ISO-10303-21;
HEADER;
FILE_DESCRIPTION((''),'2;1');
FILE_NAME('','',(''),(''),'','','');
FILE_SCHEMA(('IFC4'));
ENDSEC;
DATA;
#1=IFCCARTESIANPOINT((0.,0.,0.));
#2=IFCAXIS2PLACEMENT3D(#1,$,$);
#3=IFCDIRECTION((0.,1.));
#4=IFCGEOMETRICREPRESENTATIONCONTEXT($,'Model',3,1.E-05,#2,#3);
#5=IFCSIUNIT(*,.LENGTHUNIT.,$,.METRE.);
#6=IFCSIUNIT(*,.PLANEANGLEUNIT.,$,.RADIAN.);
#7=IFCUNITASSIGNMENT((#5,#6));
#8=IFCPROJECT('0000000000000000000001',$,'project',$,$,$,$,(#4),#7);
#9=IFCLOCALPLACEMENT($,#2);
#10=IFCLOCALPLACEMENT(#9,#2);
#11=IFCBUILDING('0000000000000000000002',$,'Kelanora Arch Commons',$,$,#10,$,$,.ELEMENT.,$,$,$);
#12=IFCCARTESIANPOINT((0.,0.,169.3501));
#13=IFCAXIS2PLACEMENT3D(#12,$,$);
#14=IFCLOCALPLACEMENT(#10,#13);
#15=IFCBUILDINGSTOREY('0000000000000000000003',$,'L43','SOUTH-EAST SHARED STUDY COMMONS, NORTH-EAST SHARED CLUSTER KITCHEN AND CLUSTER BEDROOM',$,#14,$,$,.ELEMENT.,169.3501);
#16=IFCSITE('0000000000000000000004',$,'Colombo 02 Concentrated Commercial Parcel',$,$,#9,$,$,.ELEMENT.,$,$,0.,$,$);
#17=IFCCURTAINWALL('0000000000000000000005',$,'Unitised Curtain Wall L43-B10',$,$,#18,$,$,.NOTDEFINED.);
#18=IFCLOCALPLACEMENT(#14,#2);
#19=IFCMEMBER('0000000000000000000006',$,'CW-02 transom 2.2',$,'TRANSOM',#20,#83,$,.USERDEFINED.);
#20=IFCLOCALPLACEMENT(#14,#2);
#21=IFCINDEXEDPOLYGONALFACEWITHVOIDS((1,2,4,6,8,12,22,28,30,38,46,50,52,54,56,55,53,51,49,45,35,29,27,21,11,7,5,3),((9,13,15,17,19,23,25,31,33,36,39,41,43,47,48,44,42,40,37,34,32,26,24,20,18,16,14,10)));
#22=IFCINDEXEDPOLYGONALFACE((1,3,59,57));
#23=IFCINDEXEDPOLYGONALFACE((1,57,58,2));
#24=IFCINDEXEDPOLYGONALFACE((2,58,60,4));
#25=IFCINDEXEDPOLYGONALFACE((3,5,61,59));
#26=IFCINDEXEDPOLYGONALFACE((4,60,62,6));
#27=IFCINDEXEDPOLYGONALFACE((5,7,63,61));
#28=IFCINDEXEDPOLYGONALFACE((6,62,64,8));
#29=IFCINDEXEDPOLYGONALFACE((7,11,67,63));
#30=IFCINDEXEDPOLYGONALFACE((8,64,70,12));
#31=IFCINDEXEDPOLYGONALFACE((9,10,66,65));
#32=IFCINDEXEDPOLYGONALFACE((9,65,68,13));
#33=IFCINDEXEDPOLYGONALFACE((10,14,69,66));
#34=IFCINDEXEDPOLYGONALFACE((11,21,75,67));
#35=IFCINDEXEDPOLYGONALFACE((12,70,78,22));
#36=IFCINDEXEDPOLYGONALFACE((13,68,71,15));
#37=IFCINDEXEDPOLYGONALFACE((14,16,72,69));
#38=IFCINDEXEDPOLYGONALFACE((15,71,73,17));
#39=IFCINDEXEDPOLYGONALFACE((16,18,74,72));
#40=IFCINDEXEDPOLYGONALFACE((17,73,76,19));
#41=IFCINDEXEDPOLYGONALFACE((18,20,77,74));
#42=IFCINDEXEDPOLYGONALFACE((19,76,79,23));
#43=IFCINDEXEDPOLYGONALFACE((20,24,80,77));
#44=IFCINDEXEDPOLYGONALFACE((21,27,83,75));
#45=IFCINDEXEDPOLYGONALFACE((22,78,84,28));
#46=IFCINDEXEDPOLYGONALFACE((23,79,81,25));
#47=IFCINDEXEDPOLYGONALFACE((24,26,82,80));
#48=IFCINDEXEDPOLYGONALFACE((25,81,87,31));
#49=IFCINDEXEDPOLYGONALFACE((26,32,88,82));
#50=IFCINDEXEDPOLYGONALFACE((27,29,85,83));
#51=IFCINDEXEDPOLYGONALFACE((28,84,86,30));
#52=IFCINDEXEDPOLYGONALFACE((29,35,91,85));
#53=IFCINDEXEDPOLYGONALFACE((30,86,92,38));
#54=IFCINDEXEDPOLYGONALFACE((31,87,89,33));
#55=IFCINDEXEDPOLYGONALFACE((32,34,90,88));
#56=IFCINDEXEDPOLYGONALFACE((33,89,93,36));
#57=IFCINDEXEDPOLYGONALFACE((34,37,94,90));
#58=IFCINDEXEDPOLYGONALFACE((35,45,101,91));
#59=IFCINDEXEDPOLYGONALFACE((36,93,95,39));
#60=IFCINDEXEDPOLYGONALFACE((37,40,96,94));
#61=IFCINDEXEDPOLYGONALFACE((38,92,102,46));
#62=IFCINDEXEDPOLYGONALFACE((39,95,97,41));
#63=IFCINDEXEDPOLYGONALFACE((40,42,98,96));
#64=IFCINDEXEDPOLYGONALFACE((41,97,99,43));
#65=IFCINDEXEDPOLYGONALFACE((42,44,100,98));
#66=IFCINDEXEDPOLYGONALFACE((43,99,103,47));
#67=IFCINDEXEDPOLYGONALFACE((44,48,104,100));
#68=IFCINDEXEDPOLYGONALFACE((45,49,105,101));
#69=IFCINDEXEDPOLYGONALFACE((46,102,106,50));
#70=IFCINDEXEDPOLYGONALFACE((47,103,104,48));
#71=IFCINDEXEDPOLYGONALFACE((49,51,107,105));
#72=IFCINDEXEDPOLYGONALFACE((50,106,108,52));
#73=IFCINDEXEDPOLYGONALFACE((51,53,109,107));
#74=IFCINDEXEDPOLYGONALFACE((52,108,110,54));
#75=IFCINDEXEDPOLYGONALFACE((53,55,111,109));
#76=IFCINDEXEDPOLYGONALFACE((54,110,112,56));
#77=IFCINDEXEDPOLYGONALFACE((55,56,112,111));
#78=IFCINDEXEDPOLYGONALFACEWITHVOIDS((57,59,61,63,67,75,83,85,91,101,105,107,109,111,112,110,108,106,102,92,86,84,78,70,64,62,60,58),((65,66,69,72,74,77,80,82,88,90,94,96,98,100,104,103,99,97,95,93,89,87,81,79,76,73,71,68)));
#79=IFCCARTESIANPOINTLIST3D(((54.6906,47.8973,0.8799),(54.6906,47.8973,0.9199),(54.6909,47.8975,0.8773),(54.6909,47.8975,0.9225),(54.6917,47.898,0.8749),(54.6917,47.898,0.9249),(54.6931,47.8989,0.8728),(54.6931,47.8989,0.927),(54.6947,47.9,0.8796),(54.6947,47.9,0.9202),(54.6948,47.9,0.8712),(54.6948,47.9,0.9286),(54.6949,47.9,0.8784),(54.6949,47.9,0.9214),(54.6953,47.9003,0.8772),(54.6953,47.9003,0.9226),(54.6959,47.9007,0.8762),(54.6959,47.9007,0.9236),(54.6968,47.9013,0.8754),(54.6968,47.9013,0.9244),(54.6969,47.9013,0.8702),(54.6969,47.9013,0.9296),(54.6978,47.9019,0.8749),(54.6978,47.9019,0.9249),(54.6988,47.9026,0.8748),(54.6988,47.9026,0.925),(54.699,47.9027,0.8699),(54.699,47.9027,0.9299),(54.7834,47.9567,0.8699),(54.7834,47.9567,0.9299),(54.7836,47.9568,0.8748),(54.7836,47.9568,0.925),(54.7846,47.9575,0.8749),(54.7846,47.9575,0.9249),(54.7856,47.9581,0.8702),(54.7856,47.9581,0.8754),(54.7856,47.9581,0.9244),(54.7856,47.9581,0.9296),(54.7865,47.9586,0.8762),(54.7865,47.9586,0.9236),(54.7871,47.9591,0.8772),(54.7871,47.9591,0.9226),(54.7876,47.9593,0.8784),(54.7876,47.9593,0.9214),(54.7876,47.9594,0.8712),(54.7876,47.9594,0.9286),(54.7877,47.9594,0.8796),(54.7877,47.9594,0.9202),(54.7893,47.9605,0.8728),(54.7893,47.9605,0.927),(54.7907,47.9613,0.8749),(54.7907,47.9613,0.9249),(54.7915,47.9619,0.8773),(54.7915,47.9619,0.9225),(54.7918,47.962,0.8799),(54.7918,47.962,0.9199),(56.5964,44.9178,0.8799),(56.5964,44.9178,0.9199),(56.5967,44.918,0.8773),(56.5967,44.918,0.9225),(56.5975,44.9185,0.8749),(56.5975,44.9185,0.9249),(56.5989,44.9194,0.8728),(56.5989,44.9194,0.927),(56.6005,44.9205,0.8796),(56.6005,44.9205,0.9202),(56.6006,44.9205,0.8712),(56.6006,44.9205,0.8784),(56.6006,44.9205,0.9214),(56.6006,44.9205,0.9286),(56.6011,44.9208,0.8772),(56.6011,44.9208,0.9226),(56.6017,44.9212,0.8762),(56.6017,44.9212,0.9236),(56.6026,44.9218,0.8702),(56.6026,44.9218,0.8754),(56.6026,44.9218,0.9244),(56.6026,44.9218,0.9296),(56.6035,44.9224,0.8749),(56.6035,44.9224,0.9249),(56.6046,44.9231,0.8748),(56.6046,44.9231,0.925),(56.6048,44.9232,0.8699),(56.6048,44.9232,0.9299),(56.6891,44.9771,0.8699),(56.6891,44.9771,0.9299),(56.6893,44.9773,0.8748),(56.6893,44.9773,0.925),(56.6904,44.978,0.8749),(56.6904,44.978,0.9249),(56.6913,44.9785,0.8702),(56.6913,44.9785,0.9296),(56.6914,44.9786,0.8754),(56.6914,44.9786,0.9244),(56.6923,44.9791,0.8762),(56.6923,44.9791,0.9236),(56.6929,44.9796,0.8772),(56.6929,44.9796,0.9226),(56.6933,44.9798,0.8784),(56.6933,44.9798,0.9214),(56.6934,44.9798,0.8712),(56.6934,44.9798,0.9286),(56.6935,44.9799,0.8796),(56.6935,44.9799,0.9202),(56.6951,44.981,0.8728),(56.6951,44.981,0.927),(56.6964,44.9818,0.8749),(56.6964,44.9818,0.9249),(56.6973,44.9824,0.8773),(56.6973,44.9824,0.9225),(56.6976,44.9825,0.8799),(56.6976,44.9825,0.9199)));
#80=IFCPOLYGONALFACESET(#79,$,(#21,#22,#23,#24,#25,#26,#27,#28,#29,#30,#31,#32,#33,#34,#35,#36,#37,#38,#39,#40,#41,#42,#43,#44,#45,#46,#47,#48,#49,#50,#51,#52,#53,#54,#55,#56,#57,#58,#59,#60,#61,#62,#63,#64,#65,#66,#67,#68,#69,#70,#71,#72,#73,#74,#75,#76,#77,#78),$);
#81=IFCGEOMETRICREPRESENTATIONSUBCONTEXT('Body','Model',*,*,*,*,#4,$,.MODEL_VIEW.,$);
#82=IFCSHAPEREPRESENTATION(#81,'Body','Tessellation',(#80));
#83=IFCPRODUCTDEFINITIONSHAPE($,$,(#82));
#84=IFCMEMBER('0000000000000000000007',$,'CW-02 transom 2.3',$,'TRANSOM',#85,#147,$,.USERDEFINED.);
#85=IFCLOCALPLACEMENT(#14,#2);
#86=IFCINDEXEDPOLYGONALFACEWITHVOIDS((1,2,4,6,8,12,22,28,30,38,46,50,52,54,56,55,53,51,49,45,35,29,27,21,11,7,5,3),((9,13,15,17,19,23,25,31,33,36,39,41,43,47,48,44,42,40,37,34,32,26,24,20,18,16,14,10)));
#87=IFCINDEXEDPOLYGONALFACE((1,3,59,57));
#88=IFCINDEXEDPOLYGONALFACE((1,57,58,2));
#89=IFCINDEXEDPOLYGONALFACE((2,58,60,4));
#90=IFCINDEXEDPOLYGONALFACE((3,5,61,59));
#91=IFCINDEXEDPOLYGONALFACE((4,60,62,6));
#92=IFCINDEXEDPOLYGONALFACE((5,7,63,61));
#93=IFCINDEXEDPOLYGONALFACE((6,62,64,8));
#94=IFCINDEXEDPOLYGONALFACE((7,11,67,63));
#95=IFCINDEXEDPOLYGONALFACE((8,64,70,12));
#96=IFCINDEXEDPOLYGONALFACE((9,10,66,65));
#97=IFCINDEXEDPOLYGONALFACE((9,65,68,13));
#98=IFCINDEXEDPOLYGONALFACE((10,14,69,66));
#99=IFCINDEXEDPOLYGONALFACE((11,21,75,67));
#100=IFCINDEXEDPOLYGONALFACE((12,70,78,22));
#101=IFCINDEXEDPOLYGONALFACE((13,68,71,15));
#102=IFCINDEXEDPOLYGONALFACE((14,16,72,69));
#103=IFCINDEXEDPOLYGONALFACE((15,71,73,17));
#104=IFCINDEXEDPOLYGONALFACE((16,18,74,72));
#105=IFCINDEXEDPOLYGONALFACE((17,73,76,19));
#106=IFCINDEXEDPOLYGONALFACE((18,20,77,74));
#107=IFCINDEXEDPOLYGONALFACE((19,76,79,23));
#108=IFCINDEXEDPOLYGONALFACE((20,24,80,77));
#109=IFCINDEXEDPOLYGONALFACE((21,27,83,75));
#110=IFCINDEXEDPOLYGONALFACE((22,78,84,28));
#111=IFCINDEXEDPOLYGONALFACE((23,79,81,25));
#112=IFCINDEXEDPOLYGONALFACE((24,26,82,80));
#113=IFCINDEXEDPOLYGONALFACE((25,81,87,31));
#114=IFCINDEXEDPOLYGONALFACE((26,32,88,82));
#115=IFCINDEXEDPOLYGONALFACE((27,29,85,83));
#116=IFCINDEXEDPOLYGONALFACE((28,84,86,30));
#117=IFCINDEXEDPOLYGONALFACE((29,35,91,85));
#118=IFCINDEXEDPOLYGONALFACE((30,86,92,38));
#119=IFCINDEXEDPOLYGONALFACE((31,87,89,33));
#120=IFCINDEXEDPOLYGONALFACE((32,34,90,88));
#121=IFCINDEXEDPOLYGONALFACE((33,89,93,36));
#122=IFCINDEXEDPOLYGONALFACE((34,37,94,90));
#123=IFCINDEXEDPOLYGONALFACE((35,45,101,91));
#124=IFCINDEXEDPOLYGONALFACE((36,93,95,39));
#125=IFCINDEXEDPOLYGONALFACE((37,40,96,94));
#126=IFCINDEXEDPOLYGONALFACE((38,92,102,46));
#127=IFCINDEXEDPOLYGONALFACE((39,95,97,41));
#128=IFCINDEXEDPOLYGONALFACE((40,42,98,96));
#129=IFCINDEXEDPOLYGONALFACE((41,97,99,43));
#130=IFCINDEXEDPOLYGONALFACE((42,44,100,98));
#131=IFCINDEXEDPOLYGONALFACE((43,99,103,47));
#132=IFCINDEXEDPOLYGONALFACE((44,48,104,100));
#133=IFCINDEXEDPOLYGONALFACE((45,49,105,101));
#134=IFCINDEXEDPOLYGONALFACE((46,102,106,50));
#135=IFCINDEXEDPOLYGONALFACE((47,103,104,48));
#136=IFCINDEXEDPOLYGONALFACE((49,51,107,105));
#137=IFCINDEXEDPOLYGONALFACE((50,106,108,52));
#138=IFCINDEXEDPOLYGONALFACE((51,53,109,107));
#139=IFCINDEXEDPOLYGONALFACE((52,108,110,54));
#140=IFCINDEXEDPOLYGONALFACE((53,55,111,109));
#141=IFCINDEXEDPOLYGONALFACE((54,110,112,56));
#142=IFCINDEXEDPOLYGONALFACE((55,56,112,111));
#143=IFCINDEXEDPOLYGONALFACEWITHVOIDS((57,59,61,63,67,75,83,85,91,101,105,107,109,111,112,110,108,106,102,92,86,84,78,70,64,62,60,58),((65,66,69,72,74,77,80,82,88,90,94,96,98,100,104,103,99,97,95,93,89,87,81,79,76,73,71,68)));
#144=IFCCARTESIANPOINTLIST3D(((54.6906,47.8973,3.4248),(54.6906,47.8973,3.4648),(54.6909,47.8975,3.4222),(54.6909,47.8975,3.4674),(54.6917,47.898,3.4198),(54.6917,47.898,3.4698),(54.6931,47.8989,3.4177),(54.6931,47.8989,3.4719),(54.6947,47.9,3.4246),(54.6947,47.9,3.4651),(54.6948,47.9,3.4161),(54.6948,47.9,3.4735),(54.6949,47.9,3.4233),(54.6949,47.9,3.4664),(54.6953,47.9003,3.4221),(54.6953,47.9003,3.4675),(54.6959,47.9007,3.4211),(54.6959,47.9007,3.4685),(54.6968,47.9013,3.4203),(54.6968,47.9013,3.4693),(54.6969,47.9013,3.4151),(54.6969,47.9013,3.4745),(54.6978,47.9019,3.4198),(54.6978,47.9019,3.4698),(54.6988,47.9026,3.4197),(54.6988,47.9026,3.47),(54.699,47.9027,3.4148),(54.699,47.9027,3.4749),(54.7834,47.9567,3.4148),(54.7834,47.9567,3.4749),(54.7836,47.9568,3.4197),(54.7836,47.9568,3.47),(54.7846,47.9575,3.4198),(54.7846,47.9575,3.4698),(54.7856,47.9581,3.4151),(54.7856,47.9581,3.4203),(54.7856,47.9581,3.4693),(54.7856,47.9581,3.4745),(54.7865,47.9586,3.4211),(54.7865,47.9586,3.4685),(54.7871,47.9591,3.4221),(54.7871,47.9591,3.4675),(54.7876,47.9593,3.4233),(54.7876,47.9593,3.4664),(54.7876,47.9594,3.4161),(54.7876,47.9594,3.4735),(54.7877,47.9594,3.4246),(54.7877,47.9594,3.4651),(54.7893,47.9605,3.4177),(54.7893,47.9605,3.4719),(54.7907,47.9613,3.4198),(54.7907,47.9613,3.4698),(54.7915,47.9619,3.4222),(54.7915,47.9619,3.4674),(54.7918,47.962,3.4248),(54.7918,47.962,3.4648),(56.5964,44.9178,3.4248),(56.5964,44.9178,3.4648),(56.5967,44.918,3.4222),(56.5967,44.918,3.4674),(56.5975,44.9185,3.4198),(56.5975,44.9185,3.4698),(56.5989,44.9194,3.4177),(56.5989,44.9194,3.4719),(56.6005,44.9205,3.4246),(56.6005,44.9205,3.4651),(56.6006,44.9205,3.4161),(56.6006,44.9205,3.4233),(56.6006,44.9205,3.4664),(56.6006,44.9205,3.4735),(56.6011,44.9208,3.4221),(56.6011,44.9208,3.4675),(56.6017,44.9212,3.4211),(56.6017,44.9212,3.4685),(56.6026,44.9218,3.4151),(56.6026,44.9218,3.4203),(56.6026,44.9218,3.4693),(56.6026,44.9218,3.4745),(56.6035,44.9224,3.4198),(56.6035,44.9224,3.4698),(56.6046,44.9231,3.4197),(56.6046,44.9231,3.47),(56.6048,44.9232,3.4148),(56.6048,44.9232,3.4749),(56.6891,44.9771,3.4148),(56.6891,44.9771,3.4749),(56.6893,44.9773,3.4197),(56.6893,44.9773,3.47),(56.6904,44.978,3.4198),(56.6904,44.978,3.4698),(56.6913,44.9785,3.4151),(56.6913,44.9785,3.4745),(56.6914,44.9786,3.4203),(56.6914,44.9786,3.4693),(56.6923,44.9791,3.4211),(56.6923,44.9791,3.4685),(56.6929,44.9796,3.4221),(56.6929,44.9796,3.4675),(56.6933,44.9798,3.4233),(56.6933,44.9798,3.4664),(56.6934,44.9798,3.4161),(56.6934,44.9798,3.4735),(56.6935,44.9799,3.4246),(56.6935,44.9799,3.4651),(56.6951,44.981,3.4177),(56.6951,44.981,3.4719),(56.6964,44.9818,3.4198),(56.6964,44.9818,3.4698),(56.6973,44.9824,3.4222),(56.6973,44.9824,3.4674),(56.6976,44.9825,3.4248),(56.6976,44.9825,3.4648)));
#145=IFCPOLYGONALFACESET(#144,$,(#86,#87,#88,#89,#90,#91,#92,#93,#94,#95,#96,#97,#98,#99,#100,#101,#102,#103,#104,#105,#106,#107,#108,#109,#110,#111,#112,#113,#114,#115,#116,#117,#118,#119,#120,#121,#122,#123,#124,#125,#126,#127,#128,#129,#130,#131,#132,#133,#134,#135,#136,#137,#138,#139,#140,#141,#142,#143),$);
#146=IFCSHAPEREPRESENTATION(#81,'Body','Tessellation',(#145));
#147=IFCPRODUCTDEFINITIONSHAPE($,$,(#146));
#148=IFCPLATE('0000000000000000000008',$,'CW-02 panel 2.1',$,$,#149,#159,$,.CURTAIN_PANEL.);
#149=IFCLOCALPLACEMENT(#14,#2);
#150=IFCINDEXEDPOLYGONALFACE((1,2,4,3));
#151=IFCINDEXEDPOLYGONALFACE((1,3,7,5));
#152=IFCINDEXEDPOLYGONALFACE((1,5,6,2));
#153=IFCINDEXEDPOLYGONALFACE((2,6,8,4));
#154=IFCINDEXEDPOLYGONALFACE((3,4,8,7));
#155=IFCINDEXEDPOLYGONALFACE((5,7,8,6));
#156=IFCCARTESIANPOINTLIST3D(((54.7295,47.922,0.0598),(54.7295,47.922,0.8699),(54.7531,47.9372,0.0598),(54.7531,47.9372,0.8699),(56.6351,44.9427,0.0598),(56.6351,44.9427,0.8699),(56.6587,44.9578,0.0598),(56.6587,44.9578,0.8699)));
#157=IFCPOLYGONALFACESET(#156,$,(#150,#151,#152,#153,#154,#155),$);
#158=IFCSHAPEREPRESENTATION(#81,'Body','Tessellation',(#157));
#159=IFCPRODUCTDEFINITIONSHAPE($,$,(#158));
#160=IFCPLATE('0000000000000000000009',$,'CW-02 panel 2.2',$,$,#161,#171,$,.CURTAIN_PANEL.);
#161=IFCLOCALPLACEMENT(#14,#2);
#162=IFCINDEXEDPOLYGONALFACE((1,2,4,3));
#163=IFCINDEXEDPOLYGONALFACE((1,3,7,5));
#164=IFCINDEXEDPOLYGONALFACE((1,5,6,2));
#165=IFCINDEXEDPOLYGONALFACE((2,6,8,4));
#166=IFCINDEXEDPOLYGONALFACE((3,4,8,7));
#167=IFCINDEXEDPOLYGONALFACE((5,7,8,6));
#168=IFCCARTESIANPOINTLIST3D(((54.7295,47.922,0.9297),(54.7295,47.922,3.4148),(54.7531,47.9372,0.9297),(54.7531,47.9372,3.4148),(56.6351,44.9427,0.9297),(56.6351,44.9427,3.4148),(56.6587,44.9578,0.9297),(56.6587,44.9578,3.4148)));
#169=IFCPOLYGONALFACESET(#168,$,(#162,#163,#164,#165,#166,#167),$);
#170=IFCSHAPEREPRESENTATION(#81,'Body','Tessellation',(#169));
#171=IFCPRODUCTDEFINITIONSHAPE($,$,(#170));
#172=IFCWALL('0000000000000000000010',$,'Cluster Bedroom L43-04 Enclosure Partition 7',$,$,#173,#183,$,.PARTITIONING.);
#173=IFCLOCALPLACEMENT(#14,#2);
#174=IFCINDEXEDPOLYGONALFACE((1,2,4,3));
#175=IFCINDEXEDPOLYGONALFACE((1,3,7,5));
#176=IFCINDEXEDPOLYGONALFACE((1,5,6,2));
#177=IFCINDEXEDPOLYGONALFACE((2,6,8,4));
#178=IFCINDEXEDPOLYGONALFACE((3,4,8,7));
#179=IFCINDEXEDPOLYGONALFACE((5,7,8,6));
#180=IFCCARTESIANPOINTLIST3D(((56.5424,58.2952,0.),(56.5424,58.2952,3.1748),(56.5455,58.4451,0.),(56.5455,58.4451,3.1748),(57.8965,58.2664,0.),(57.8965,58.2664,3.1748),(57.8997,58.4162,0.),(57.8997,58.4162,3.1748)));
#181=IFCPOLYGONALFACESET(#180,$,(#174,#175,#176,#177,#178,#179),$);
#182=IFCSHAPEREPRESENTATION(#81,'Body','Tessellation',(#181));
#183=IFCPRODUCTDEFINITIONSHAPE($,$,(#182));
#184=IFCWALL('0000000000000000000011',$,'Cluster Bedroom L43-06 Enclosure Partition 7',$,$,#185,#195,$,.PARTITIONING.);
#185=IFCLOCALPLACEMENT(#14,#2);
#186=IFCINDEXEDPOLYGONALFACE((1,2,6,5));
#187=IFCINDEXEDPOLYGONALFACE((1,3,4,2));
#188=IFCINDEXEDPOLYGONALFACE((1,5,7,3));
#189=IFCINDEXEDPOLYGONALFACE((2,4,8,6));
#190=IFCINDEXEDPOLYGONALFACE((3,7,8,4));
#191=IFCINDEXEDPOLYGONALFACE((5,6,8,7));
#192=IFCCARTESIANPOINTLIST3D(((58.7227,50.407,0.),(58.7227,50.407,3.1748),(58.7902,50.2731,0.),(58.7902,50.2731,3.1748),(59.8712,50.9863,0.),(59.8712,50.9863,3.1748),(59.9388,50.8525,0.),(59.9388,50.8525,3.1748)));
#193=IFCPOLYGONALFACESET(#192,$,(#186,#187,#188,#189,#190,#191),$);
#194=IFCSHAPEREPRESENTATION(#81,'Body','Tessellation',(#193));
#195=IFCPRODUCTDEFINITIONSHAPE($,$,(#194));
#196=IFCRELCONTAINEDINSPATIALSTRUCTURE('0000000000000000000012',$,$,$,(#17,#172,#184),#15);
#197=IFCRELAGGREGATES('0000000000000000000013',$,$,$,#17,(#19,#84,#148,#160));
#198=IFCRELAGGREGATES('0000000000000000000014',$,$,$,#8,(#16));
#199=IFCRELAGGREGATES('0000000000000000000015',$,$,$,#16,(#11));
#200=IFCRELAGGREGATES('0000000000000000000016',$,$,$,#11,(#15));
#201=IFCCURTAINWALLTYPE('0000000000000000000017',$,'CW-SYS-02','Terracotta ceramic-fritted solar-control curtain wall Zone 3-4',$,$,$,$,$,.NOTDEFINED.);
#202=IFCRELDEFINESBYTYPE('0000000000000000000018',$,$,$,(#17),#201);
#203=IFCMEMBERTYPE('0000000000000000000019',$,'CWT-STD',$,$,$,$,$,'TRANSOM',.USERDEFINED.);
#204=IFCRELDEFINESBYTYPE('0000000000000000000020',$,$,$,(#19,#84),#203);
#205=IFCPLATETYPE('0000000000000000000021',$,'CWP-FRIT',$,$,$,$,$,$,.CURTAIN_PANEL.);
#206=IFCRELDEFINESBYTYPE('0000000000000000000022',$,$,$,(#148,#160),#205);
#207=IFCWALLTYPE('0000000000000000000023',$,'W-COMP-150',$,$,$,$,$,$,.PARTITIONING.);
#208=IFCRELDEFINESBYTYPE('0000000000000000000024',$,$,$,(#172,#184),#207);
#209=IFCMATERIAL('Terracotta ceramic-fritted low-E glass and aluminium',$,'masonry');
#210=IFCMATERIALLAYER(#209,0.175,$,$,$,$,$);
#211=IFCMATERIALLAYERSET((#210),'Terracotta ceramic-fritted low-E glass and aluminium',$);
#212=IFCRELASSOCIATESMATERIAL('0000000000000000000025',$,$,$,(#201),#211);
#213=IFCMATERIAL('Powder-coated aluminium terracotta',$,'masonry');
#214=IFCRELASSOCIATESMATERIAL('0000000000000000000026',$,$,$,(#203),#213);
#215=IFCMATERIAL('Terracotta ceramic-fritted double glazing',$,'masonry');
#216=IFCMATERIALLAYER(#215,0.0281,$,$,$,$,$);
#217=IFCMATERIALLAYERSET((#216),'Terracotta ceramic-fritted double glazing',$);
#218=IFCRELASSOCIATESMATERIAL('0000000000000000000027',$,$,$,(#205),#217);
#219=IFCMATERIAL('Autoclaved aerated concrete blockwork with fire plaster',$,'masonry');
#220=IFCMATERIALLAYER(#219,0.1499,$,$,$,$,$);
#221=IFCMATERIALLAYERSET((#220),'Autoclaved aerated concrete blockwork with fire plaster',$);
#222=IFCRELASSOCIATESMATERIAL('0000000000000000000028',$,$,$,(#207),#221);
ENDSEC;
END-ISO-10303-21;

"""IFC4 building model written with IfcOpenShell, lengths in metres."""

from ifc_helpers import new_model, si_unit, direction, frame, frame_2d, origin, origin_2d, place, context, subcontext, project, spatial, rectangle, hollow_rectangle, extrude, source, transform, mapped, material, layer, layer_set, material_profile, profile_set, type_object, element, aggregate, save


model = new_model("IFC4")

# Units and contexts
model_context = context("Model", 3, precision=1e-05, world=origin(), true_north=direction((0.0, 1.0)))
body_context = subcontext(model_context, "Body", "Model", "MODEL_VIEW")
ifc_project = project(units=[si_unit("LENGTHUNIT", "METRE"), si_unit("PLANEANGLEUNIT", "RADIAN")], contexts=[model_context])

# Site, building, storey
site_placement = place(None, origin())
site = spatial("IfcSite", under=ifc_project, at=site_placement, Name="Colombo 02 Concentrated Commercial Parcel", CompositionType="ELEMENT", RefElevation=0.0)
building_placement = place(site_placement, origin())
building = spatial("IfcBuilding", under=site, at=building_placement, Name="Kelanora Arch Commons", CompositionType="ELEMENT")
storey_placement = place(building_placement, frame((0.0, 0.0, 169.3501)))
storey = spatial("IfcBuildingStorey", under=building, at=storey_placement, Name="L43", Description="SOUTH-EAST SHARED STUDY COMMONS, NORTH-EAST SHARED CLUSTER KITCHEN AND CLUSTER BEDROOM", CompositionType="ELEMENT", Elevation=169.3501)

# Curtain wall, members, plates
ifc_material_1 = material(Name="Terracotta ceramic-fritted low-E glass and aluminium", Category="masonry")
ifc_layer_1 = layer(ifc_material_1, 0.175)
ifc_layer_set_1 = layer_set([ifc_layer_1], Name="Terracotta ceramic-fritted low-E glass and aluminium")
curtain_wall_type = type_object("IfcCurtainWallType", Name="CW-SYS-02", Description="Terracotta ceramic-fritted solar-control curtain wall Zone 3-4", PredefinedType="NOTDEFINED", material=ifc_layer_set_1)
curtain_wall_placement = place(storey_placement, origin())
curtain_wall = element("IfcCurtainWall", 1, at=curtain_wall_placement, inside=storey, type_object=curtain_wall_type, Name="Unitised Curtain Wall L43-B10", PredefinedType="NOTDEFINED")
ifc_material_2 = material(Name="Powder-coated aluminium terracotta", Category="masonry")
ifc_material_profile_1 = material_profile(ifc_material_2, hollow_rectangle(XDim=0.1201, YDim=0.0601, WallThickness=0.0049, InnerFilletRadius=0.0049, OuterFilletRadius=0.01, at=origin_2d()), Name="CWT120x60")
ifc_profile_set_1 = profile_set([ifc_material_profile_1], Name="Powder-coated aluminium terracotta")
member_type_1 = type_object("IfcMemberType", Name="CWT-STD", ElementType="TRANSOM", PredefinedType="USERDEFINED", material=ifc_profile_set_1)
member_1_placement = place(storey_placement, frame((54.7412, 47.9297, 0.8999), z_axis=(0.53883, -0.842414, 0.0), x_axis=(0.842414, 0.53883, 0.0)))
member_1 = element("IfcMember", 2, at=member_1_placement, type_object=member_type_1, Name="CW-02 transom 2.2", ObjectType="TRANSOM", PredefinedType="USERDEFINED", context=body_context, shape_type="SweptSolid", body=[
    extrude(hollow_rectangle(XDim=0.1201, YDim=0.0601, WallThickness=0.0049, InnerFilletRadius=0.0049, OuterFilletRadius=0.01, at=origin_2d()), origin(), (0.0, 0.0, 1.0), 3.5369),
])
member_2_placement = place(storey_placement, frame((54.7412, 47.9297, 3.4448), z_axis=(0.53883, -0.842414, 0.0), x_axis=(0.842414, 0.53883, 0.0)))
member_2 = element("IfcMember", 3, at=member_2_placement, type_object=member_type_1, Name="CW-02 transom 2.3", ObjectType="TRANSOM", PredefinedType="USERDEFINED", context=body_context, shape_type="SweptSolid", body=[
    extrude(hollow_rectangle(XDim=0.1201, YDim=0.0601, WallThickness=0.0049, InnerFilletRadius=0.0049, OuterFilletRadius=0.01, at=origin_2d()), origin(), (0.0, 0.0, 1.0), 3.5369),
])
ifc_material_3 = material(Name="Terracotta ceramic-fritted double glazing", Category="masonry")
ifc_layer_2 = layer(ifc_material_3, 0.0281)
ifc_layer_set_2 = layer_set([ifc_layer_2], Name="Terracotta ceramic-fritted double glazing")
plate_type = type_object("IfcPlateType", Name="CWP-FRIT", PredefinedType="CURTAIN_PANEL", material=ifc_layer_set_2)
shared_shape_1 = source(origin(), body_context, "Body", "SweptSolid", [
    extrude(rectangle(XDim=3.5366, YDim=0.0281, at=origin_2d()), origin(), (0.0, 0.0, 1.0), 0.8101),
])
plate_1_placement = place(storey_placement, frame((55.6941, 46.4399, 0.0598), z_axis=(0.0, 0.0, 1.0), x_axis=(0.538817, -0.842423, 0.0)))
plate_1 = element("IfcPlate", 4, at=plate_1_placement, type_object=plate_type, Name="CW-02 panel 2.1", PredefinedType="CURTAIN_PANEL", context=body_context, shape_type="MappedRepresentation", body=[
    mapped(shared_shape_1, transform((0.0, 0.0, 0.0), scale=1.0)),
])
shared_shape_2 = source(origin(), body_context, "Body", "SweptSolid", [
    extrude(rectangle(XDim=3.5366, YDim=0.0281, at=origin_2d()), origin(), (0.0, 0.0, 1.0), 2.4851),
])
plate_2_placement = place(storey_placement, frame((55.6941, 46.4399, 0.9297), z_axis=(0.0, 0.0, 1.0), x_axis=(0.538817, -0.842423, 0.0)))
plate_2 = element("IfcPlate", 5, at=plate_2_placement, type_object=plate_type, Name="CW-02 panel 2.2", PredefinedType="CURTAIN_PANEL", context=body_context, shape_type="MappedRepresentation", body=[
    mapped(shared_shape_2, transform((0.0, 0.0, 0.0), scale=1.0)),
])
aggregate(curtain_wall, [member_1, member_2, plate_1, plate_2])

# Walls
ifc_material_4 = material(Name="Autoclaved aerated concrete blockwork with fire plaster", Category="masonry")
ifc_layer_3 = layer(ifc_material_4, 0.1499)
ifc_layer_set_3 = layer_set([ifc_layer_3], Name="Autoclaved aerated concrete blockwork with fire plaster")
wall_type_1 = type_object("IfcWallType", Name="W-COMP-150", PredefinedType="PARTITIONING", material=ifc_layer_set_3)
wall_1_placement = place(storey_placement, frame((56.5439, 58.3701, 0.0), z_axis=(0.0, 0.0, 1.0), x_axis=(0.999774, -0.021268, 0.0)))
element("IfcWall", 6, at=wall_1_placement, inside=storey, type_object=wall_type_1, Name="Cluster Bedroom L43-04 Enclosure Partition 7", PredefinedType="PARTITIONING", context=body_context, shape_type="SweptSolid", body=[
    extrude(rectangle(XDim=1.3545, YDim=0.1499, at=frame_2d((0.6772, 0.0))), origin(), (0.0, 0.0, 1.0), 3.1748),
])
wall_2_placement = place(storey_placement, frame((58.7566, 50.3401, 0.0), z_axis=(0.0, 0.0, 1.0), x_axis=(0.892827, 0.450399, 0.0)))
element("IfcWall", 7, at=wall_2_placement, inside=storey, type_object=wall_type_1, Name="Cluster Bedroom L43-06 Enclosure Partition 7", PredefinedType="PARTITIONING", context=body_context, shape_type="SweptSolid", body=[
    extrude(rectangle(XDim=1.2864, YDim=0.1499, at=frame_2d((0.6431, 0.0))), origin(), (0.0, 0.0, 1.0), 3.1748),
])

save(model, "model.ifc")
